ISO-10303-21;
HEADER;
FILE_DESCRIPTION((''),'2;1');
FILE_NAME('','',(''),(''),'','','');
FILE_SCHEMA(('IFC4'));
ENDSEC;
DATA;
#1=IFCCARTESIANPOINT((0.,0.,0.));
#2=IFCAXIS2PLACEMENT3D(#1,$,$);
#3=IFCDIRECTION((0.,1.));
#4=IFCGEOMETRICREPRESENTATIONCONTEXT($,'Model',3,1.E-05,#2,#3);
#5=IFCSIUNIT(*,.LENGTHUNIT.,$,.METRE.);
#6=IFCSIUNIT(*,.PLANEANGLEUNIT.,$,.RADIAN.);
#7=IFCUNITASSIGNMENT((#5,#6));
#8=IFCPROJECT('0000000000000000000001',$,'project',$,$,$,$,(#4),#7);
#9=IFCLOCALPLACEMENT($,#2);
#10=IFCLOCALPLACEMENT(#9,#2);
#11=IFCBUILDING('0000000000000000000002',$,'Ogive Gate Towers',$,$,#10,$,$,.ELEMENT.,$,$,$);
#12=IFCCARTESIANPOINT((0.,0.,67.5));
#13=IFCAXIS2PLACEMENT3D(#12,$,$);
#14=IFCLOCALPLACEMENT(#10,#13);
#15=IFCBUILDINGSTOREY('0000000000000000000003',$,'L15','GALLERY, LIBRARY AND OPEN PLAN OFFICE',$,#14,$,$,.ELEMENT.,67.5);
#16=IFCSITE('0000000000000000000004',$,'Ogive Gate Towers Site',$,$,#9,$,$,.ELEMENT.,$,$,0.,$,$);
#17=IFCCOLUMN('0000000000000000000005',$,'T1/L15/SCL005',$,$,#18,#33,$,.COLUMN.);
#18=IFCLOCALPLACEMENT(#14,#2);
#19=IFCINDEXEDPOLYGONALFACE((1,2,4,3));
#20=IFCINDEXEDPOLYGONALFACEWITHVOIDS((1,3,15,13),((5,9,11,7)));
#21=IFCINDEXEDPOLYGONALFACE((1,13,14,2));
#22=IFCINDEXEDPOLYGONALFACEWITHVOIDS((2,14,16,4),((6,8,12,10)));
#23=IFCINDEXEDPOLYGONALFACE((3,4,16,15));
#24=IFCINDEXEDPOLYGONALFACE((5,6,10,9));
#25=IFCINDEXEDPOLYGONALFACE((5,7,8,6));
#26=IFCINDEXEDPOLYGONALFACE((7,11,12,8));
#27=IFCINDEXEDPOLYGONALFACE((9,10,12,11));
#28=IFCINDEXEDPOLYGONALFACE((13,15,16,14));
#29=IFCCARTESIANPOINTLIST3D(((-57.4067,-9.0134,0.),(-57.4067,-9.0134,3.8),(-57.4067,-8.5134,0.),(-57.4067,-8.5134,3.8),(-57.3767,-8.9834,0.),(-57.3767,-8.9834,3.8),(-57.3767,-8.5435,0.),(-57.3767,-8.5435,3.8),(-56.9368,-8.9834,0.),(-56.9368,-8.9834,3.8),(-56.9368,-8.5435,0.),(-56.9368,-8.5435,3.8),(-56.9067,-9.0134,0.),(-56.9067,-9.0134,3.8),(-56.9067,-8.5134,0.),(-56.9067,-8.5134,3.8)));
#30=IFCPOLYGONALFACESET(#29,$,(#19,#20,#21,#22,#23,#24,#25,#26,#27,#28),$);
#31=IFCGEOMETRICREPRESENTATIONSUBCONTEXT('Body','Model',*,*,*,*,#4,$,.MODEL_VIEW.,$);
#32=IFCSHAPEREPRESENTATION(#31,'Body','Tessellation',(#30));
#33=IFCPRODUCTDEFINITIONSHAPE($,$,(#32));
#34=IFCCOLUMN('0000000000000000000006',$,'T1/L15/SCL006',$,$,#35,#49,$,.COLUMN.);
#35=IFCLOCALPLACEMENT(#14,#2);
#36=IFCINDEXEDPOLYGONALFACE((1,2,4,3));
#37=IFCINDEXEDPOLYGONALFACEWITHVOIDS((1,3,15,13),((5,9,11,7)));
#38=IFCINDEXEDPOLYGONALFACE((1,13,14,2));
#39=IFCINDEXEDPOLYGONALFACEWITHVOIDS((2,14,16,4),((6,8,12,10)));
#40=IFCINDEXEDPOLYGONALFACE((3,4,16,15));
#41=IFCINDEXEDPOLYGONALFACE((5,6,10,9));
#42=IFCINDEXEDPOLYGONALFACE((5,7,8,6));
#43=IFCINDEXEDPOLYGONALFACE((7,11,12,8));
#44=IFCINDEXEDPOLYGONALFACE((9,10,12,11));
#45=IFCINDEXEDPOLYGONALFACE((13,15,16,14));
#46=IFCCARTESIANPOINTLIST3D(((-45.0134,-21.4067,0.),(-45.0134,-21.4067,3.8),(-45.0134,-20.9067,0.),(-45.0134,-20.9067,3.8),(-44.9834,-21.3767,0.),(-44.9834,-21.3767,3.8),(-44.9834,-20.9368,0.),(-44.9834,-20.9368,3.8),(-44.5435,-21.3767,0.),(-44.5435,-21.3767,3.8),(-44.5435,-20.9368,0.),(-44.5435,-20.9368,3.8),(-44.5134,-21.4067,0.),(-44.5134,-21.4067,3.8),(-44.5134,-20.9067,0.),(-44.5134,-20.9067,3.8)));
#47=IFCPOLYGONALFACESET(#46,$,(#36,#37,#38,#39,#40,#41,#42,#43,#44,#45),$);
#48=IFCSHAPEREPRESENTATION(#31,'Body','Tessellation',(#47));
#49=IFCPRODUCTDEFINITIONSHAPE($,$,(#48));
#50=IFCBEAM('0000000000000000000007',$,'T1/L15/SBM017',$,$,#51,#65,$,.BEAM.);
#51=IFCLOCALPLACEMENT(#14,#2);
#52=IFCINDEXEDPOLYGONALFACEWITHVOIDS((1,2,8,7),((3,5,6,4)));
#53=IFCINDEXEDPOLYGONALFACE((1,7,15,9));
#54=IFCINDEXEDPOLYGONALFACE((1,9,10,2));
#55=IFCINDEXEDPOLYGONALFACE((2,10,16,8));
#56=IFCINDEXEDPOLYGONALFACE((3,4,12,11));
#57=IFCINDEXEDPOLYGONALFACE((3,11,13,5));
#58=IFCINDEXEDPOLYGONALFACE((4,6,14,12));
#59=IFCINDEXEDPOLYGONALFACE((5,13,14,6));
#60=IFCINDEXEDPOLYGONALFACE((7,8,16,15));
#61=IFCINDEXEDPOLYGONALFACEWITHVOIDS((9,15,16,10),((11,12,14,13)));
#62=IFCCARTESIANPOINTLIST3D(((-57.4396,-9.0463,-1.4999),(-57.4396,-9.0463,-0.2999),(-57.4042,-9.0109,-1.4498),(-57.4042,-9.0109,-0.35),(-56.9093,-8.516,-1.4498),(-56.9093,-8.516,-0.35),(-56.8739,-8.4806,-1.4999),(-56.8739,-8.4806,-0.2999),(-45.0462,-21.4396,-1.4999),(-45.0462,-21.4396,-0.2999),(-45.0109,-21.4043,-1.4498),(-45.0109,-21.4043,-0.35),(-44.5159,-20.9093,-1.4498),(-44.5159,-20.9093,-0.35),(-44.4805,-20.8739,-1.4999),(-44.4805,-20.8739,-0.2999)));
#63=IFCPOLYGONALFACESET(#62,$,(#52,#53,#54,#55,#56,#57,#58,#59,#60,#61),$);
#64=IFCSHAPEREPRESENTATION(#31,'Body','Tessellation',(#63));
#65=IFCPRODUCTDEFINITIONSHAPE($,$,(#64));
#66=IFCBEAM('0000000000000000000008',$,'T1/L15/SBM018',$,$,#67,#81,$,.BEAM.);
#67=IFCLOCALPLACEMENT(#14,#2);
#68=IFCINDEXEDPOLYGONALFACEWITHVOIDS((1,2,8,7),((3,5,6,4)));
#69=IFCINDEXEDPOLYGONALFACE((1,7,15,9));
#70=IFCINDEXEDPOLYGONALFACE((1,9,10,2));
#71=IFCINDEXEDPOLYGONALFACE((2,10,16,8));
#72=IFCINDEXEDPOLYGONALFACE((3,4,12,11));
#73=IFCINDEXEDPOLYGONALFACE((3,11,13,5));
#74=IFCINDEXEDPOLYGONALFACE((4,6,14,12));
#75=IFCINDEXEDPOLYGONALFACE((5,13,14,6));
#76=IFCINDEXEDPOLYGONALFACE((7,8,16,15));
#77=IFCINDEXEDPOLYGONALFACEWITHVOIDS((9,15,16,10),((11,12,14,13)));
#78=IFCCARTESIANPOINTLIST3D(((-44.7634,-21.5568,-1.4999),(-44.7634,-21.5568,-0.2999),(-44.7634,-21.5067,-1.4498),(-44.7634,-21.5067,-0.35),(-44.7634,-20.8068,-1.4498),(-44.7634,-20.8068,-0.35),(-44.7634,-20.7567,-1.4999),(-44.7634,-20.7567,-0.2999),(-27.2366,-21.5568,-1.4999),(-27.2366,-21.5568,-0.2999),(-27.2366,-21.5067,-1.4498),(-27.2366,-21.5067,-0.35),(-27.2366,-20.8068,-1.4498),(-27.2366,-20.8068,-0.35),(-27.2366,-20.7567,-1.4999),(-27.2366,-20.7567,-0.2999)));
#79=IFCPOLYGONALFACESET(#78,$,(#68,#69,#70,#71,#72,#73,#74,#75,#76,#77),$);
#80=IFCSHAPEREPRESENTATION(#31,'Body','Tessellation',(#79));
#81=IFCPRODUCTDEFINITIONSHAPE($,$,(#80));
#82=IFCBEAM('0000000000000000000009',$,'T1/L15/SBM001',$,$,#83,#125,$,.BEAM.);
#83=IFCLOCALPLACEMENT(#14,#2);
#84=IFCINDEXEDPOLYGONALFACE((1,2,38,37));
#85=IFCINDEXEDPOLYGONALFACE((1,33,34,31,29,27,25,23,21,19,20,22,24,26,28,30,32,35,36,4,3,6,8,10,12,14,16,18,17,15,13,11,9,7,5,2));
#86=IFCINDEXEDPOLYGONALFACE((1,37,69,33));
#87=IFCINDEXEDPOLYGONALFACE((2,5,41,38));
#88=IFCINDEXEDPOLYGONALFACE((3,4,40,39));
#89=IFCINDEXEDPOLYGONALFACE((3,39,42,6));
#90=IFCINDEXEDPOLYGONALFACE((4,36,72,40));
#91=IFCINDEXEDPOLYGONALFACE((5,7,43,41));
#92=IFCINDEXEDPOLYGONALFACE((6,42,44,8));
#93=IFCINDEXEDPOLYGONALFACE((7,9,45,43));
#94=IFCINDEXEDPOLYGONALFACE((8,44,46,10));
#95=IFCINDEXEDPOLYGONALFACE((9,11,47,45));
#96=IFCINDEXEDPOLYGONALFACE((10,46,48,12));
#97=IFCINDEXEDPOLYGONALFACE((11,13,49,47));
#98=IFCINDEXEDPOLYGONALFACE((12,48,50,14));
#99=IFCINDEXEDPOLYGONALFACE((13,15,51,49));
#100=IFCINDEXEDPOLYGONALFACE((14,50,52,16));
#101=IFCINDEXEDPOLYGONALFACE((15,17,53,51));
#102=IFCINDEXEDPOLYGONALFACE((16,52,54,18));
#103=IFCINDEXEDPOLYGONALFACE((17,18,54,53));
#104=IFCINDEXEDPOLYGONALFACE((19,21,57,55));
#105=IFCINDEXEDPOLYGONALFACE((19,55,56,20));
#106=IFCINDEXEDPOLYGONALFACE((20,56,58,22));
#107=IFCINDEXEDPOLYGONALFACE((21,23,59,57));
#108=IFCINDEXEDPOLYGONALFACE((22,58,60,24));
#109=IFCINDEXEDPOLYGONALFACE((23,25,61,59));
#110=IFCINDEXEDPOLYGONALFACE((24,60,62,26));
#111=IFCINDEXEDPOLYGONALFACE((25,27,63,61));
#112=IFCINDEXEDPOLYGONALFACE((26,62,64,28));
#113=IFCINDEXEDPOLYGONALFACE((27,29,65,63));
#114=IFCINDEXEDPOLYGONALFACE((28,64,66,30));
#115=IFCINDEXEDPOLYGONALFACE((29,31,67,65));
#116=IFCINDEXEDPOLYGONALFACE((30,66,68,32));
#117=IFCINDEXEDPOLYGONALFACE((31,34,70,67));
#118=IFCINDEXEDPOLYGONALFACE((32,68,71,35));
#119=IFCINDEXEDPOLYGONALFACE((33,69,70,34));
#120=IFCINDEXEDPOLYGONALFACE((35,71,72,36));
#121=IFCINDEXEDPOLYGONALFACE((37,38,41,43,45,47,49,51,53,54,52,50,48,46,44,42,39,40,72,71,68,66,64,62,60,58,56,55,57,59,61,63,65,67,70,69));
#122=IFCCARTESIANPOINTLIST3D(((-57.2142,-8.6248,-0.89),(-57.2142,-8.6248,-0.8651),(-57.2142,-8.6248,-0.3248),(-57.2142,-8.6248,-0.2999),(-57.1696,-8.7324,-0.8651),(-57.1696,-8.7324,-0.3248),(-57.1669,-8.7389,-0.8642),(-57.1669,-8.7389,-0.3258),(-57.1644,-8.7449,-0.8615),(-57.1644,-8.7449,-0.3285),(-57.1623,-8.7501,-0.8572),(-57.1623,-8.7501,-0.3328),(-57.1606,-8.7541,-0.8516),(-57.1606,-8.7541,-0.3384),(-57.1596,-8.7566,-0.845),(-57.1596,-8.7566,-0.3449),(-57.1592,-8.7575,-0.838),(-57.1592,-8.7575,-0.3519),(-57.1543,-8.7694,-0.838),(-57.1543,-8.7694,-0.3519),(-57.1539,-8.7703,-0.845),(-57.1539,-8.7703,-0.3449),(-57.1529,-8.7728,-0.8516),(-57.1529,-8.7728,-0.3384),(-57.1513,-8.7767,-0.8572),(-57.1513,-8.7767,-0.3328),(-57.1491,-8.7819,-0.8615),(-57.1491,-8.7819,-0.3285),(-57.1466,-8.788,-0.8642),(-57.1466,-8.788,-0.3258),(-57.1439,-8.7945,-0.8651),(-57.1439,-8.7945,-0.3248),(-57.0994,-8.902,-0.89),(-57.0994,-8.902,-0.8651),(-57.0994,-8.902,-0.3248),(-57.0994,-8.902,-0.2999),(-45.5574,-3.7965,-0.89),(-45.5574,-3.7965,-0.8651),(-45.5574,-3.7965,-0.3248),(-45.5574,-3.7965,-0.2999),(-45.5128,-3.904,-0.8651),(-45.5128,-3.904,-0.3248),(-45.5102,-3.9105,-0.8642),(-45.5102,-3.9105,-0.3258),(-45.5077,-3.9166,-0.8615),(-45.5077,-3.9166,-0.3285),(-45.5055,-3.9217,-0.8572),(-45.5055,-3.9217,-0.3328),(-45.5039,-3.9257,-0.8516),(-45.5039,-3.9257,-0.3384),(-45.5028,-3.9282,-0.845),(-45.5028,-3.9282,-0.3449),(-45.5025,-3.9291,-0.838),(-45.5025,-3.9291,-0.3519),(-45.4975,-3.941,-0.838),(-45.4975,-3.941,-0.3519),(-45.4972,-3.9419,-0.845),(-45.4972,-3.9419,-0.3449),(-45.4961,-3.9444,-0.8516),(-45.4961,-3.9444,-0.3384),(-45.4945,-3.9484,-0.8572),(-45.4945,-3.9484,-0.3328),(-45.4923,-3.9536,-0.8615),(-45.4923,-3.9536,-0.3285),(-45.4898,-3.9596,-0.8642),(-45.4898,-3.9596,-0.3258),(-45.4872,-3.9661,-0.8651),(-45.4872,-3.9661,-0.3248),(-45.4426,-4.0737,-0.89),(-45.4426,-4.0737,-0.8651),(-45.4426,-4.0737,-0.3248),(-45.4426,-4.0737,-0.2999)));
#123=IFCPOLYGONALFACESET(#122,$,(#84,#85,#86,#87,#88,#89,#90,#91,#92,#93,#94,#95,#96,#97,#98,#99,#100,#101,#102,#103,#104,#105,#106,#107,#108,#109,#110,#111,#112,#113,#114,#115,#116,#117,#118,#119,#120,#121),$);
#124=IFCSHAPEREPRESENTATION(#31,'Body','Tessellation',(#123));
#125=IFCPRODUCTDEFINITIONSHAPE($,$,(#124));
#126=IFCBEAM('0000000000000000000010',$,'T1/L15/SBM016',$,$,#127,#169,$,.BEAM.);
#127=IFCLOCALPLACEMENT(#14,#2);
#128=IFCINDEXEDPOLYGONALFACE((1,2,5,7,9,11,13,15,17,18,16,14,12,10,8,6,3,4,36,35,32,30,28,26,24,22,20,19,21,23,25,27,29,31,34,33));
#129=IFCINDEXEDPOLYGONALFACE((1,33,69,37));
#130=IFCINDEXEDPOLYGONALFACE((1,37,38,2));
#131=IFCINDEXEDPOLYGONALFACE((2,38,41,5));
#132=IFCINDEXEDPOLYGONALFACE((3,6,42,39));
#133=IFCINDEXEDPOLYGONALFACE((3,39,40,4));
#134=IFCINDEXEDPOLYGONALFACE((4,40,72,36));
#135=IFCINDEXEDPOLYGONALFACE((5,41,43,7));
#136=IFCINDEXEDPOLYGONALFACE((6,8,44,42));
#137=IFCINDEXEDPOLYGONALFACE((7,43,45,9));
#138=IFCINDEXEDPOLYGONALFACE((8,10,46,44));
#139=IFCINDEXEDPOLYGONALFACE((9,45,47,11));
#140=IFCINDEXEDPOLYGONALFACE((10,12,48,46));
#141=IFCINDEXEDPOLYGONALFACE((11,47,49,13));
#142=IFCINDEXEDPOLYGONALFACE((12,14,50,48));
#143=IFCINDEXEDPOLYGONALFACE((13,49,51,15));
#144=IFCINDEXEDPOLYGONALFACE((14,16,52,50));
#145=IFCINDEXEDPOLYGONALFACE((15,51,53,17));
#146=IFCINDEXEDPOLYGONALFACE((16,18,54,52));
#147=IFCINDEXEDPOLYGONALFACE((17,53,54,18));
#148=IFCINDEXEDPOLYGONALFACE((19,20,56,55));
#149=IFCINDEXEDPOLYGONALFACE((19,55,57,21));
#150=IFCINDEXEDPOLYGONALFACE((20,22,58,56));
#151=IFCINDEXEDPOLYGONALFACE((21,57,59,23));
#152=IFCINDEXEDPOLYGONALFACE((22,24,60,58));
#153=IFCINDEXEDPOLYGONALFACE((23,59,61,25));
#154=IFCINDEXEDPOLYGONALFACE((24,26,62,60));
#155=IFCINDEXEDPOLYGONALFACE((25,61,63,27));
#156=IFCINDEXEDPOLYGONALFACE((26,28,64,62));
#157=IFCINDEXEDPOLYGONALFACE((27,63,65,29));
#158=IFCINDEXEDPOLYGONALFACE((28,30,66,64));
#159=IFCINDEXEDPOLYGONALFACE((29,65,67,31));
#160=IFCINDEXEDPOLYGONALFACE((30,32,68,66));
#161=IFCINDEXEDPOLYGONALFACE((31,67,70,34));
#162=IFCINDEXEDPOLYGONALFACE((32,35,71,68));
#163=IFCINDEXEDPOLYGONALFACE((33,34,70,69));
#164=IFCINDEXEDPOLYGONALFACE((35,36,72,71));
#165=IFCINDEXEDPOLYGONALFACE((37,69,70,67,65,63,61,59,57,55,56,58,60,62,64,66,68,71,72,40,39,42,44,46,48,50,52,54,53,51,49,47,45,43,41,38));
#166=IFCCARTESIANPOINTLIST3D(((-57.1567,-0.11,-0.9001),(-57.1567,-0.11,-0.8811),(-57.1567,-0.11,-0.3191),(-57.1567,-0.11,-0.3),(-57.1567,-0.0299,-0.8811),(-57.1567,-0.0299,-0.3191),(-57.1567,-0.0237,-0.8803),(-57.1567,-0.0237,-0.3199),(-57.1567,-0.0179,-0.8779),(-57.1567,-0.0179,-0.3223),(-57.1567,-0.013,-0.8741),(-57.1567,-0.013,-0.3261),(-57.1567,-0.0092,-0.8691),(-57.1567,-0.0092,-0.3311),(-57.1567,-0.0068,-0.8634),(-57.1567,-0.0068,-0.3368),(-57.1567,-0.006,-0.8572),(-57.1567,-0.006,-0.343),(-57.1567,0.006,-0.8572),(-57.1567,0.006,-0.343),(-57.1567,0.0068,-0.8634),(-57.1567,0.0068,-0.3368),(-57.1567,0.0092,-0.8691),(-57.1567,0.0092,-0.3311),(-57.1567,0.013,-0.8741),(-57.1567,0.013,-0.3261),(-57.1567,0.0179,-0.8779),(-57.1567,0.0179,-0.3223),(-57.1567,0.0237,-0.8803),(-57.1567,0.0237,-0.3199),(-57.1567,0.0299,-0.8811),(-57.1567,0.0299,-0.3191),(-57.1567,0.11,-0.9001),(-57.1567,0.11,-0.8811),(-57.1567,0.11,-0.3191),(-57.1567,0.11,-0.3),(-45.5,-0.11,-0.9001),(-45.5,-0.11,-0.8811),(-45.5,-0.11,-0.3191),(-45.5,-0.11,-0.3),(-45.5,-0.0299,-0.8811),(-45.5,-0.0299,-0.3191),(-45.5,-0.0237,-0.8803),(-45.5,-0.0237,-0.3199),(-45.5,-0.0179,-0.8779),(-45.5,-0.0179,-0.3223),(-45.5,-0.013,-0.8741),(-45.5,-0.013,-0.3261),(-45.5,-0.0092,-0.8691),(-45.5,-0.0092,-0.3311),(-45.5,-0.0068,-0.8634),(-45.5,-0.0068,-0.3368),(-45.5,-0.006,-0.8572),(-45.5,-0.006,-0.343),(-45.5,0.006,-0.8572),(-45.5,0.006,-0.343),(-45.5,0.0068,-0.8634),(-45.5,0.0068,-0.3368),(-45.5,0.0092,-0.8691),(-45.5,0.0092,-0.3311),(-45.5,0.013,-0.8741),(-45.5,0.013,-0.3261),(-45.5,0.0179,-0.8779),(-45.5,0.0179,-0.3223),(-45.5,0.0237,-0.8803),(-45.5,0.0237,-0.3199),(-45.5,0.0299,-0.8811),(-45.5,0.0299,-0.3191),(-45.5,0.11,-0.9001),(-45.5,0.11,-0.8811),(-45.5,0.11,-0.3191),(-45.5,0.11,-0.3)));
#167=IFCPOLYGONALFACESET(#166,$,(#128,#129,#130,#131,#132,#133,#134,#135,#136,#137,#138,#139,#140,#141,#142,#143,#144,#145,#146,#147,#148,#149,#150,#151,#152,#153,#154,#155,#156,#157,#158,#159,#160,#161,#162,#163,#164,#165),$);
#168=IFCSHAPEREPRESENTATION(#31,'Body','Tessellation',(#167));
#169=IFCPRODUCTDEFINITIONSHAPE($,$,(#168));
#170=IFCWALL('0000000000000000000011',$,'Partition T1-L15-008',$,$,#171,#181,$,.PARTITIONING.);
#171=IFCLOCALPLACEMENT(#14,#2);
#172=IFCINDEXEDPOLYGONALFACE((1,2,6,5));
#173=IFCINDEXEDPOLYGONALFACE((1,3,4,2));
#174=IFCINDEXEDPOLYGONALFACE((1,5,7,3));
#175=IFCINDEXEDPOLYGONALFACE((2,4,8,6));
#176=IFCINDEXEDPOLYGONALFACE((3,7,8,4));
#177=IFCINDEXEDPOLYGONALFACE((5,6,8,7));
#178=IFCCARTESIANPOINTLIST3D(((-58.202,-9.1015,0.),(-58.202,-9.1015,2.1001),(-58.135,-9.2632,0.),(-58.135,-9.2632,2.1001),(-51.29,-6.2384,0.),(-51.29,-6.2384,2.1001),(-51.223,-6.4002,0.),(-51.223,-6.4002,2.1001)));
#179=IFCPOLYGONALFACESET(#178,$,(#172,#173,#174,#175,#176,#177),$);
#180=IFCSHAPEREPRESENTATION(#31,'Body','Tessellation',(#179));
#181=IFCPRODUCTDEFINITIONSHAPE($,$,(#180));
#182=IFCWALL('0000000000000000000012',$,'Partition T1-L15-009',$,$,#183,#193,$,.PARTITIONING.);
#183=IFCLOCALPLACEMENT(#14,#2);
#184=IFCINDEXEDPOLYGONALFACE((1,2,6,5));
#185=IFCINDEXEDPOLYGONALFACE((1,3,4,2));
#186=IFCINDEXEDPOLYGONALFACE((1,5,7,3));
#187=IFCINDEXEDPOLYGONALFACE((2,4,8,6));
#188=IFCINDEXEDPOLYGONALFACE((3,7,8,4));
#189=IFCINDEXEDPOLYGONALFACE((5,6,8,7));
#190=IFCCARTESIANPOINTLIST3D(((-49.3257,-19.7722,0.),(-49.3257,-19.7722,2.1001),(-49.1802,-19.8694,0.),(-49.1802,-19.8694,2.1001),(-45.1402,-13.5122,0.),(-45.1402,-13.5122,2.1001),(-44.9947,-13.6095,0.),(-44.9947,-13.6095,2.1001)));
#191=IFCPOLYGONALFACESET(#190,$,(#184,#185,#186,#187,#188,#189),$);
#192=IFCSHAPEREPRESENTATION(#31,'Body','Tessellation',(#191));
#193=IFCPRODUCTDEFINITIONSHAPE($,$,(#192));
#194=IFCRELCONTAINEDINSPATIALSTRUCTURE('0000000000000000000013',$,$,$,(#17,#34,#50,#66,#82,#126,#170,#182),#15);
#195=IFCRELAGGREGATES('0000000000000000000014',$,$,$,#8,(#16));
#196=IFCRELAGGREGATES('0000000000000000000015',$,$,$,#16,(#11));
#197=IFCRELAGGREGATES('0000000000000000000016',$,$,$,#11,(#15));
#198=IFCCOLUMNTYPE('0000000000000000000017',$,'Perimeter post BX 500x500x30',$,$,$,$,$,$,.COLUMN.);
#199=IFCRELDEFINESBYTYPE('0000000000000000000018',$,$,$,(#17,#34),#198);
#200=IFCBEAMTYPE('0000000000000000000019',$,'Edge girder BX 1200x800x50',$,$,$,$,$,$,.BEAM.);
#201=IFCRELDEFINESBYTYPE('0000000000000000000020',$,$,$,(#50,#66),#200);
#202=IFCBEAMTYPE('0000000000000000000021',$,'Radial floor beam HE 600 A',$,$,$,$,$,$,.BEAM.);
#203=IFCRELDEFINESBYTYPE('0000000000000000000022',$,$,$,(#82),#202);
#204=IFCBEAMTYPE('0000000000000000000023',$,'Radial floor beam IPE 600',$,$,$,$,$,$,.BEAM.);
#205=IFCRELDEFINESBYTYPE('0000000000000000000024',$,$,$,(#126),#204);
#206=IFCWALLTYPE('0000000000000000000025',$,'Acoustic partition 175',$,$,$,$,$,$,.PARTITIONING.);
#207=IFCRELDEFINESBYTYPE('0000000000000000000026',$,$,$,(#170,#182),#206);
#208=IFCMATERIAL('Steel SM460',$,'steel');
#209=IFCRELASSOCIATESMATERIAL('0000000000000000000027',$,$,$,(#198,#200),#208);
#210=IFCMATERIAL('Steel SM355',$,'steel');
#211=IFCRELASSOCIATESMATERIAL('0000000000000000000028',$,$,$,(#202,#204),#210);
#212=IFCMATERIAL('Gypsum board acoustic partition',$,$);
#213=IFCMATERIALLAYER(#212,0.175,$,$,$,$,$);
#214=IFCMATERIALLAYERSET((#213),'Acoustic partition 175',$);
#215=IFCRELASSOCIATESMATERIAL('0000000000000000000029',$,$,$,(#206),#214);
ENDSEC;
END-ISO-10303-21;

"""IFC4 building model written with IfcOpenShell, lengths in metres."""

from ifc_helpers import new_model, si_unit, direction, frame, frame_2d, origin, origin_2d, place, context, subcontext, project, spatial, rectangle, hollow_rectangle, i_section, extrude, material, layer, layer_set, material_profile, profile_set, type_object, element, save


model = new_model("IFC4")

# Units and contexts
model_context = context("Model", 3, precision=1e-05, world=origin(), true_north=direction((0.0, 1.0)))
body_context = subcontext(model_context, "Body", "Model", "MODEL_VIEW")
ifc_project = project(units=[si_unit("LENGTHUNIT", "METRE"), si_unit("PLANEANGLEUNIT", "RADIAN")], contexts=[model_context])

# Site, building, storey
site_placement = place(None, origin())
site = spatial("IfcSite", under=ifc_project, at=site_placement, Name="Ogive Gate Towers Site", CompositionType="ELEMENT", RefElevation=0.0)
building_placement = place(site_placement, origin())
building = spatial("IfcBuilding", under=site, at=building_placement, Name="Ogive Gate Towers", CompositionType="ELEMENT")
storey_placement = place(building_placement, frame((0.0, 0.0, 67.5)))
storey = spatial("IfcBuildingStorey", under=building, at=storey_placement, Name="L15", Description="GALLERY, LIBRARY AND OPEN PLAN OFFICE", CompositionType="ELEMENT", Elevation=67.5)

# Columns
ifc_material_1 = material(Name="Steel SM460", Category="steel")
ifc_material_profile_1 = material_profile(ifc_material_1, hollow_rectangle(XDim=0.5, YDim=0.5, WallThickness=0.03, at=origin_2d()), Name="BX 500x500x30")
ifc_profile_set_1 = profile_set([ifc_material_profile_1], Name="Steel SM460")
column_type = type_object("IfcColumnType", Name="Perimeter post BX 500x500x30", PredefinedType="COLUMN", material=ifc_profile_set_1)
for number, where, z_axis, x_axis, name in (
    (1, (-57.1567, -8.7634, 0.0), (0.0, 0.0, 1.0), (1.0, 0.0, 0.0), "T1/L15/SCL005"),
    (2, (-44.7634, -21.1567, 0.0), (0.0, 0.0, 1.0), (1.0, 0.0, 0.0), "T1/L15/SCL006"),
):
    element("IfcColumn", number, at=place(storey_placement, frame(where, z_axis=z_axis, x_axis=x_axis)), inside=storey, type_object=column_type, Name=name, PredefinedType="COLUMN", context=body_context, shape_type="SweptSolid", body=[
        extrude(hollow_rectangle(XDim=0.5, YDim=0.5, WallThickness=0.03, at=origin_2d()), origin(), (0.0, 0.0, 1.0), 3.8),
    ])

# Beams
ifc_material_profile_2 = material_profile(ifc_material_1, hollow_rectangle(XDim=0.8, YDim=1.2, WallThickness=0.05, at=origin_2d()), Name="BX 1200x800x50")
ifc_profile_set_2 = profile_set([ifc_material_profile_2], Name="Steel SM460")
beam_type_1 = type_object("IfcBeamType", Name="Edge girder BX 1200x800x50", PredefinedType="BEAM", material=ifc_profile_set_2)
for number, where, z_axis, x_axis, name in (
    (3, (-57.1567, -8.7634, -0.8999), (0.707107, -0.707107, 0.0), (0.707107, 0.707107, 0.0), "T1/L15/SBM017"),
    (4, (-44.7634, -21.1567, -0.8999), (1.0, 0.0, 0.0), (0.0, 1.0, 0.0), "T1/L15/SBM018"),
):
    element("IfcBeam", number, at=place(storey_placement, frame(where, z_axis=z_axis, x_axis=x_axis)), inside=storey, type_object=beam_type_1, Name=name, PredefinedType="BEAM", context=body_context, shape_type="SweptSolid", body=[
        extrude(hollow_rectangle(XDim=0.8, YDim=1.2, WallThickness=0.05, at=origin_2d()), origin(), (0.0, 0.0, 1.0), 17.5269),
    ])
ifc_material_2 = material(Name="Steel SM355", Category="steel")
ifc_material_profile_3 = material_profile(ifc_material_2, i_section(OverallWidth=0.3, OverallDepth=0.5901, WebThickness=0.0129, FlangeThickness=0.0249, FilletRadius=0.0271, at=origin_2d()), Name="HE 600 A")
ifc_profile_set_3 = profile_set([ifc_material_profile_3], Name="Steel SM355")
beam_type_2 = type_object("IfcBeamType", Name="Radial floor beam HE 600 A", PredefinedType="BEAM", material=ifc_profile_set_3)
beam_1_placement = place(storey_placement, frame((-45.5, -3.9351, -0.595), z_axis=(-0.92388, -0.382683, 0.0), x_axis=(0.382683, -0.92388, 0.0)))
element("IfcBeam", 5, at=beam_1_placement, inside=storey, type_object=beam_type_2, Name="T1/L15/SBM001", PredefinedType="BEAM", context=body_context, shape_type="SweptSolid", body=[
    extrude(i_section(OverallWidth=0.3, OverallDepth=0.5901, WebThickness=0.0129, FlangeThickness=0.0249, FilletRadius=0.0271, at=origin_2d()), origin(), (0.0, 0.0, 1.0), 12.6172),
])
ifc_material_profile_4 = material_profile(ifc_material_2, i_section(OverallWidth=0.22, OverallDepth=0.6001, WebThickness=0.012, FlangeThickness=0.019, FilletRadius=0.0239, at=origin_2d()), Name="IPE 600")
ifc_profile_set_4 = profile_set([ifc_material_profile_4], Name="Steel SM355")
beam_type_3 = type_object("IfcBeamType", Name="Radial floor beam IPE 600", PredefinedType="BEAM", material=ifc_profile_set_4)
beam_2_placement = place(storey_placement, frame((-45.5, 0.0, -0.6001), z_axis=(-1.0, 0.0, 0.0), x_axis=(0.0, -1.0, 0.0)))
element("IfcBeam", 6, at=beam_2_placement, inside=storey, type_object=beam_type_3, Name="T1/L15/SBM016", PredefinedType="BEAM", context=body_context, shape_type="SweptSolid", body=[
    extrude(i_section(OverallWidth=0.22, OverallDepth=0.6001, WebThickness=0.012, FlangeThickness=0.019, FilletRadius=0.0239, at=origin_2d()), origin(), (0.0, 0.0, 1.0), 11.6567),
])

# Walls
ifc_material_3 = material(Name="Gypsum board acoustic partition")
ifc_layer_1 = layer(ifc_material_3, 0.175)
ifc_layer_set_1 = layer_set([ifc_layer_1], Name="Acoustic partition 175")
wall_type_1 = type_object("IfcWallType", Name="Acoustic partition 175", PredefinedType="PARTITIONING", material=ifc_layer_set_1)
wall_1_placement = place(storey_placement, frame((-58.1685, -9.1824, 0.0), z_axis=(0.0, 0.0, 1.0), x_axis=(0.923877, 0.382689, 0.0)))
element("IfcWall", 7, at=wall_1_placement, inside=storey, type_object=wall_type_1, Name="Partition T1-L15-008", PredefinedType="PARTITIONING", context=body_context, shape_type="SweptSolid", body=[
    extrude(rectangle(XDim=7.4814, YDim=0.175, at=frame_2d((3.7407, 0.0))), origin(), (0.0, 0.0, 1.0), 2.1001),
])
wall_2_placement = place(storey_placement, frame((-49.2529, -19.8208, 0.0), z_axis=(0.0, 0.0, 1.0), x_axis=(0.555822, 0.831301, 0.0)))
element("IfcWall", 8, at=wall_2_placement, inside=storey, type_object=wall_type_1, Name="Partition T1-L15-009", PredefinedType="PARTITIONING", context=body_context, shape_type="SweptSolid", body=[
    extrude(rectangle(XDim=7.5303, YDim=0.175, at=frame_2d((3.7651, 0.0))), origin(), (0.0, 0.0, 1.0), 2.1001),
])

save(model, "model.ifc")
